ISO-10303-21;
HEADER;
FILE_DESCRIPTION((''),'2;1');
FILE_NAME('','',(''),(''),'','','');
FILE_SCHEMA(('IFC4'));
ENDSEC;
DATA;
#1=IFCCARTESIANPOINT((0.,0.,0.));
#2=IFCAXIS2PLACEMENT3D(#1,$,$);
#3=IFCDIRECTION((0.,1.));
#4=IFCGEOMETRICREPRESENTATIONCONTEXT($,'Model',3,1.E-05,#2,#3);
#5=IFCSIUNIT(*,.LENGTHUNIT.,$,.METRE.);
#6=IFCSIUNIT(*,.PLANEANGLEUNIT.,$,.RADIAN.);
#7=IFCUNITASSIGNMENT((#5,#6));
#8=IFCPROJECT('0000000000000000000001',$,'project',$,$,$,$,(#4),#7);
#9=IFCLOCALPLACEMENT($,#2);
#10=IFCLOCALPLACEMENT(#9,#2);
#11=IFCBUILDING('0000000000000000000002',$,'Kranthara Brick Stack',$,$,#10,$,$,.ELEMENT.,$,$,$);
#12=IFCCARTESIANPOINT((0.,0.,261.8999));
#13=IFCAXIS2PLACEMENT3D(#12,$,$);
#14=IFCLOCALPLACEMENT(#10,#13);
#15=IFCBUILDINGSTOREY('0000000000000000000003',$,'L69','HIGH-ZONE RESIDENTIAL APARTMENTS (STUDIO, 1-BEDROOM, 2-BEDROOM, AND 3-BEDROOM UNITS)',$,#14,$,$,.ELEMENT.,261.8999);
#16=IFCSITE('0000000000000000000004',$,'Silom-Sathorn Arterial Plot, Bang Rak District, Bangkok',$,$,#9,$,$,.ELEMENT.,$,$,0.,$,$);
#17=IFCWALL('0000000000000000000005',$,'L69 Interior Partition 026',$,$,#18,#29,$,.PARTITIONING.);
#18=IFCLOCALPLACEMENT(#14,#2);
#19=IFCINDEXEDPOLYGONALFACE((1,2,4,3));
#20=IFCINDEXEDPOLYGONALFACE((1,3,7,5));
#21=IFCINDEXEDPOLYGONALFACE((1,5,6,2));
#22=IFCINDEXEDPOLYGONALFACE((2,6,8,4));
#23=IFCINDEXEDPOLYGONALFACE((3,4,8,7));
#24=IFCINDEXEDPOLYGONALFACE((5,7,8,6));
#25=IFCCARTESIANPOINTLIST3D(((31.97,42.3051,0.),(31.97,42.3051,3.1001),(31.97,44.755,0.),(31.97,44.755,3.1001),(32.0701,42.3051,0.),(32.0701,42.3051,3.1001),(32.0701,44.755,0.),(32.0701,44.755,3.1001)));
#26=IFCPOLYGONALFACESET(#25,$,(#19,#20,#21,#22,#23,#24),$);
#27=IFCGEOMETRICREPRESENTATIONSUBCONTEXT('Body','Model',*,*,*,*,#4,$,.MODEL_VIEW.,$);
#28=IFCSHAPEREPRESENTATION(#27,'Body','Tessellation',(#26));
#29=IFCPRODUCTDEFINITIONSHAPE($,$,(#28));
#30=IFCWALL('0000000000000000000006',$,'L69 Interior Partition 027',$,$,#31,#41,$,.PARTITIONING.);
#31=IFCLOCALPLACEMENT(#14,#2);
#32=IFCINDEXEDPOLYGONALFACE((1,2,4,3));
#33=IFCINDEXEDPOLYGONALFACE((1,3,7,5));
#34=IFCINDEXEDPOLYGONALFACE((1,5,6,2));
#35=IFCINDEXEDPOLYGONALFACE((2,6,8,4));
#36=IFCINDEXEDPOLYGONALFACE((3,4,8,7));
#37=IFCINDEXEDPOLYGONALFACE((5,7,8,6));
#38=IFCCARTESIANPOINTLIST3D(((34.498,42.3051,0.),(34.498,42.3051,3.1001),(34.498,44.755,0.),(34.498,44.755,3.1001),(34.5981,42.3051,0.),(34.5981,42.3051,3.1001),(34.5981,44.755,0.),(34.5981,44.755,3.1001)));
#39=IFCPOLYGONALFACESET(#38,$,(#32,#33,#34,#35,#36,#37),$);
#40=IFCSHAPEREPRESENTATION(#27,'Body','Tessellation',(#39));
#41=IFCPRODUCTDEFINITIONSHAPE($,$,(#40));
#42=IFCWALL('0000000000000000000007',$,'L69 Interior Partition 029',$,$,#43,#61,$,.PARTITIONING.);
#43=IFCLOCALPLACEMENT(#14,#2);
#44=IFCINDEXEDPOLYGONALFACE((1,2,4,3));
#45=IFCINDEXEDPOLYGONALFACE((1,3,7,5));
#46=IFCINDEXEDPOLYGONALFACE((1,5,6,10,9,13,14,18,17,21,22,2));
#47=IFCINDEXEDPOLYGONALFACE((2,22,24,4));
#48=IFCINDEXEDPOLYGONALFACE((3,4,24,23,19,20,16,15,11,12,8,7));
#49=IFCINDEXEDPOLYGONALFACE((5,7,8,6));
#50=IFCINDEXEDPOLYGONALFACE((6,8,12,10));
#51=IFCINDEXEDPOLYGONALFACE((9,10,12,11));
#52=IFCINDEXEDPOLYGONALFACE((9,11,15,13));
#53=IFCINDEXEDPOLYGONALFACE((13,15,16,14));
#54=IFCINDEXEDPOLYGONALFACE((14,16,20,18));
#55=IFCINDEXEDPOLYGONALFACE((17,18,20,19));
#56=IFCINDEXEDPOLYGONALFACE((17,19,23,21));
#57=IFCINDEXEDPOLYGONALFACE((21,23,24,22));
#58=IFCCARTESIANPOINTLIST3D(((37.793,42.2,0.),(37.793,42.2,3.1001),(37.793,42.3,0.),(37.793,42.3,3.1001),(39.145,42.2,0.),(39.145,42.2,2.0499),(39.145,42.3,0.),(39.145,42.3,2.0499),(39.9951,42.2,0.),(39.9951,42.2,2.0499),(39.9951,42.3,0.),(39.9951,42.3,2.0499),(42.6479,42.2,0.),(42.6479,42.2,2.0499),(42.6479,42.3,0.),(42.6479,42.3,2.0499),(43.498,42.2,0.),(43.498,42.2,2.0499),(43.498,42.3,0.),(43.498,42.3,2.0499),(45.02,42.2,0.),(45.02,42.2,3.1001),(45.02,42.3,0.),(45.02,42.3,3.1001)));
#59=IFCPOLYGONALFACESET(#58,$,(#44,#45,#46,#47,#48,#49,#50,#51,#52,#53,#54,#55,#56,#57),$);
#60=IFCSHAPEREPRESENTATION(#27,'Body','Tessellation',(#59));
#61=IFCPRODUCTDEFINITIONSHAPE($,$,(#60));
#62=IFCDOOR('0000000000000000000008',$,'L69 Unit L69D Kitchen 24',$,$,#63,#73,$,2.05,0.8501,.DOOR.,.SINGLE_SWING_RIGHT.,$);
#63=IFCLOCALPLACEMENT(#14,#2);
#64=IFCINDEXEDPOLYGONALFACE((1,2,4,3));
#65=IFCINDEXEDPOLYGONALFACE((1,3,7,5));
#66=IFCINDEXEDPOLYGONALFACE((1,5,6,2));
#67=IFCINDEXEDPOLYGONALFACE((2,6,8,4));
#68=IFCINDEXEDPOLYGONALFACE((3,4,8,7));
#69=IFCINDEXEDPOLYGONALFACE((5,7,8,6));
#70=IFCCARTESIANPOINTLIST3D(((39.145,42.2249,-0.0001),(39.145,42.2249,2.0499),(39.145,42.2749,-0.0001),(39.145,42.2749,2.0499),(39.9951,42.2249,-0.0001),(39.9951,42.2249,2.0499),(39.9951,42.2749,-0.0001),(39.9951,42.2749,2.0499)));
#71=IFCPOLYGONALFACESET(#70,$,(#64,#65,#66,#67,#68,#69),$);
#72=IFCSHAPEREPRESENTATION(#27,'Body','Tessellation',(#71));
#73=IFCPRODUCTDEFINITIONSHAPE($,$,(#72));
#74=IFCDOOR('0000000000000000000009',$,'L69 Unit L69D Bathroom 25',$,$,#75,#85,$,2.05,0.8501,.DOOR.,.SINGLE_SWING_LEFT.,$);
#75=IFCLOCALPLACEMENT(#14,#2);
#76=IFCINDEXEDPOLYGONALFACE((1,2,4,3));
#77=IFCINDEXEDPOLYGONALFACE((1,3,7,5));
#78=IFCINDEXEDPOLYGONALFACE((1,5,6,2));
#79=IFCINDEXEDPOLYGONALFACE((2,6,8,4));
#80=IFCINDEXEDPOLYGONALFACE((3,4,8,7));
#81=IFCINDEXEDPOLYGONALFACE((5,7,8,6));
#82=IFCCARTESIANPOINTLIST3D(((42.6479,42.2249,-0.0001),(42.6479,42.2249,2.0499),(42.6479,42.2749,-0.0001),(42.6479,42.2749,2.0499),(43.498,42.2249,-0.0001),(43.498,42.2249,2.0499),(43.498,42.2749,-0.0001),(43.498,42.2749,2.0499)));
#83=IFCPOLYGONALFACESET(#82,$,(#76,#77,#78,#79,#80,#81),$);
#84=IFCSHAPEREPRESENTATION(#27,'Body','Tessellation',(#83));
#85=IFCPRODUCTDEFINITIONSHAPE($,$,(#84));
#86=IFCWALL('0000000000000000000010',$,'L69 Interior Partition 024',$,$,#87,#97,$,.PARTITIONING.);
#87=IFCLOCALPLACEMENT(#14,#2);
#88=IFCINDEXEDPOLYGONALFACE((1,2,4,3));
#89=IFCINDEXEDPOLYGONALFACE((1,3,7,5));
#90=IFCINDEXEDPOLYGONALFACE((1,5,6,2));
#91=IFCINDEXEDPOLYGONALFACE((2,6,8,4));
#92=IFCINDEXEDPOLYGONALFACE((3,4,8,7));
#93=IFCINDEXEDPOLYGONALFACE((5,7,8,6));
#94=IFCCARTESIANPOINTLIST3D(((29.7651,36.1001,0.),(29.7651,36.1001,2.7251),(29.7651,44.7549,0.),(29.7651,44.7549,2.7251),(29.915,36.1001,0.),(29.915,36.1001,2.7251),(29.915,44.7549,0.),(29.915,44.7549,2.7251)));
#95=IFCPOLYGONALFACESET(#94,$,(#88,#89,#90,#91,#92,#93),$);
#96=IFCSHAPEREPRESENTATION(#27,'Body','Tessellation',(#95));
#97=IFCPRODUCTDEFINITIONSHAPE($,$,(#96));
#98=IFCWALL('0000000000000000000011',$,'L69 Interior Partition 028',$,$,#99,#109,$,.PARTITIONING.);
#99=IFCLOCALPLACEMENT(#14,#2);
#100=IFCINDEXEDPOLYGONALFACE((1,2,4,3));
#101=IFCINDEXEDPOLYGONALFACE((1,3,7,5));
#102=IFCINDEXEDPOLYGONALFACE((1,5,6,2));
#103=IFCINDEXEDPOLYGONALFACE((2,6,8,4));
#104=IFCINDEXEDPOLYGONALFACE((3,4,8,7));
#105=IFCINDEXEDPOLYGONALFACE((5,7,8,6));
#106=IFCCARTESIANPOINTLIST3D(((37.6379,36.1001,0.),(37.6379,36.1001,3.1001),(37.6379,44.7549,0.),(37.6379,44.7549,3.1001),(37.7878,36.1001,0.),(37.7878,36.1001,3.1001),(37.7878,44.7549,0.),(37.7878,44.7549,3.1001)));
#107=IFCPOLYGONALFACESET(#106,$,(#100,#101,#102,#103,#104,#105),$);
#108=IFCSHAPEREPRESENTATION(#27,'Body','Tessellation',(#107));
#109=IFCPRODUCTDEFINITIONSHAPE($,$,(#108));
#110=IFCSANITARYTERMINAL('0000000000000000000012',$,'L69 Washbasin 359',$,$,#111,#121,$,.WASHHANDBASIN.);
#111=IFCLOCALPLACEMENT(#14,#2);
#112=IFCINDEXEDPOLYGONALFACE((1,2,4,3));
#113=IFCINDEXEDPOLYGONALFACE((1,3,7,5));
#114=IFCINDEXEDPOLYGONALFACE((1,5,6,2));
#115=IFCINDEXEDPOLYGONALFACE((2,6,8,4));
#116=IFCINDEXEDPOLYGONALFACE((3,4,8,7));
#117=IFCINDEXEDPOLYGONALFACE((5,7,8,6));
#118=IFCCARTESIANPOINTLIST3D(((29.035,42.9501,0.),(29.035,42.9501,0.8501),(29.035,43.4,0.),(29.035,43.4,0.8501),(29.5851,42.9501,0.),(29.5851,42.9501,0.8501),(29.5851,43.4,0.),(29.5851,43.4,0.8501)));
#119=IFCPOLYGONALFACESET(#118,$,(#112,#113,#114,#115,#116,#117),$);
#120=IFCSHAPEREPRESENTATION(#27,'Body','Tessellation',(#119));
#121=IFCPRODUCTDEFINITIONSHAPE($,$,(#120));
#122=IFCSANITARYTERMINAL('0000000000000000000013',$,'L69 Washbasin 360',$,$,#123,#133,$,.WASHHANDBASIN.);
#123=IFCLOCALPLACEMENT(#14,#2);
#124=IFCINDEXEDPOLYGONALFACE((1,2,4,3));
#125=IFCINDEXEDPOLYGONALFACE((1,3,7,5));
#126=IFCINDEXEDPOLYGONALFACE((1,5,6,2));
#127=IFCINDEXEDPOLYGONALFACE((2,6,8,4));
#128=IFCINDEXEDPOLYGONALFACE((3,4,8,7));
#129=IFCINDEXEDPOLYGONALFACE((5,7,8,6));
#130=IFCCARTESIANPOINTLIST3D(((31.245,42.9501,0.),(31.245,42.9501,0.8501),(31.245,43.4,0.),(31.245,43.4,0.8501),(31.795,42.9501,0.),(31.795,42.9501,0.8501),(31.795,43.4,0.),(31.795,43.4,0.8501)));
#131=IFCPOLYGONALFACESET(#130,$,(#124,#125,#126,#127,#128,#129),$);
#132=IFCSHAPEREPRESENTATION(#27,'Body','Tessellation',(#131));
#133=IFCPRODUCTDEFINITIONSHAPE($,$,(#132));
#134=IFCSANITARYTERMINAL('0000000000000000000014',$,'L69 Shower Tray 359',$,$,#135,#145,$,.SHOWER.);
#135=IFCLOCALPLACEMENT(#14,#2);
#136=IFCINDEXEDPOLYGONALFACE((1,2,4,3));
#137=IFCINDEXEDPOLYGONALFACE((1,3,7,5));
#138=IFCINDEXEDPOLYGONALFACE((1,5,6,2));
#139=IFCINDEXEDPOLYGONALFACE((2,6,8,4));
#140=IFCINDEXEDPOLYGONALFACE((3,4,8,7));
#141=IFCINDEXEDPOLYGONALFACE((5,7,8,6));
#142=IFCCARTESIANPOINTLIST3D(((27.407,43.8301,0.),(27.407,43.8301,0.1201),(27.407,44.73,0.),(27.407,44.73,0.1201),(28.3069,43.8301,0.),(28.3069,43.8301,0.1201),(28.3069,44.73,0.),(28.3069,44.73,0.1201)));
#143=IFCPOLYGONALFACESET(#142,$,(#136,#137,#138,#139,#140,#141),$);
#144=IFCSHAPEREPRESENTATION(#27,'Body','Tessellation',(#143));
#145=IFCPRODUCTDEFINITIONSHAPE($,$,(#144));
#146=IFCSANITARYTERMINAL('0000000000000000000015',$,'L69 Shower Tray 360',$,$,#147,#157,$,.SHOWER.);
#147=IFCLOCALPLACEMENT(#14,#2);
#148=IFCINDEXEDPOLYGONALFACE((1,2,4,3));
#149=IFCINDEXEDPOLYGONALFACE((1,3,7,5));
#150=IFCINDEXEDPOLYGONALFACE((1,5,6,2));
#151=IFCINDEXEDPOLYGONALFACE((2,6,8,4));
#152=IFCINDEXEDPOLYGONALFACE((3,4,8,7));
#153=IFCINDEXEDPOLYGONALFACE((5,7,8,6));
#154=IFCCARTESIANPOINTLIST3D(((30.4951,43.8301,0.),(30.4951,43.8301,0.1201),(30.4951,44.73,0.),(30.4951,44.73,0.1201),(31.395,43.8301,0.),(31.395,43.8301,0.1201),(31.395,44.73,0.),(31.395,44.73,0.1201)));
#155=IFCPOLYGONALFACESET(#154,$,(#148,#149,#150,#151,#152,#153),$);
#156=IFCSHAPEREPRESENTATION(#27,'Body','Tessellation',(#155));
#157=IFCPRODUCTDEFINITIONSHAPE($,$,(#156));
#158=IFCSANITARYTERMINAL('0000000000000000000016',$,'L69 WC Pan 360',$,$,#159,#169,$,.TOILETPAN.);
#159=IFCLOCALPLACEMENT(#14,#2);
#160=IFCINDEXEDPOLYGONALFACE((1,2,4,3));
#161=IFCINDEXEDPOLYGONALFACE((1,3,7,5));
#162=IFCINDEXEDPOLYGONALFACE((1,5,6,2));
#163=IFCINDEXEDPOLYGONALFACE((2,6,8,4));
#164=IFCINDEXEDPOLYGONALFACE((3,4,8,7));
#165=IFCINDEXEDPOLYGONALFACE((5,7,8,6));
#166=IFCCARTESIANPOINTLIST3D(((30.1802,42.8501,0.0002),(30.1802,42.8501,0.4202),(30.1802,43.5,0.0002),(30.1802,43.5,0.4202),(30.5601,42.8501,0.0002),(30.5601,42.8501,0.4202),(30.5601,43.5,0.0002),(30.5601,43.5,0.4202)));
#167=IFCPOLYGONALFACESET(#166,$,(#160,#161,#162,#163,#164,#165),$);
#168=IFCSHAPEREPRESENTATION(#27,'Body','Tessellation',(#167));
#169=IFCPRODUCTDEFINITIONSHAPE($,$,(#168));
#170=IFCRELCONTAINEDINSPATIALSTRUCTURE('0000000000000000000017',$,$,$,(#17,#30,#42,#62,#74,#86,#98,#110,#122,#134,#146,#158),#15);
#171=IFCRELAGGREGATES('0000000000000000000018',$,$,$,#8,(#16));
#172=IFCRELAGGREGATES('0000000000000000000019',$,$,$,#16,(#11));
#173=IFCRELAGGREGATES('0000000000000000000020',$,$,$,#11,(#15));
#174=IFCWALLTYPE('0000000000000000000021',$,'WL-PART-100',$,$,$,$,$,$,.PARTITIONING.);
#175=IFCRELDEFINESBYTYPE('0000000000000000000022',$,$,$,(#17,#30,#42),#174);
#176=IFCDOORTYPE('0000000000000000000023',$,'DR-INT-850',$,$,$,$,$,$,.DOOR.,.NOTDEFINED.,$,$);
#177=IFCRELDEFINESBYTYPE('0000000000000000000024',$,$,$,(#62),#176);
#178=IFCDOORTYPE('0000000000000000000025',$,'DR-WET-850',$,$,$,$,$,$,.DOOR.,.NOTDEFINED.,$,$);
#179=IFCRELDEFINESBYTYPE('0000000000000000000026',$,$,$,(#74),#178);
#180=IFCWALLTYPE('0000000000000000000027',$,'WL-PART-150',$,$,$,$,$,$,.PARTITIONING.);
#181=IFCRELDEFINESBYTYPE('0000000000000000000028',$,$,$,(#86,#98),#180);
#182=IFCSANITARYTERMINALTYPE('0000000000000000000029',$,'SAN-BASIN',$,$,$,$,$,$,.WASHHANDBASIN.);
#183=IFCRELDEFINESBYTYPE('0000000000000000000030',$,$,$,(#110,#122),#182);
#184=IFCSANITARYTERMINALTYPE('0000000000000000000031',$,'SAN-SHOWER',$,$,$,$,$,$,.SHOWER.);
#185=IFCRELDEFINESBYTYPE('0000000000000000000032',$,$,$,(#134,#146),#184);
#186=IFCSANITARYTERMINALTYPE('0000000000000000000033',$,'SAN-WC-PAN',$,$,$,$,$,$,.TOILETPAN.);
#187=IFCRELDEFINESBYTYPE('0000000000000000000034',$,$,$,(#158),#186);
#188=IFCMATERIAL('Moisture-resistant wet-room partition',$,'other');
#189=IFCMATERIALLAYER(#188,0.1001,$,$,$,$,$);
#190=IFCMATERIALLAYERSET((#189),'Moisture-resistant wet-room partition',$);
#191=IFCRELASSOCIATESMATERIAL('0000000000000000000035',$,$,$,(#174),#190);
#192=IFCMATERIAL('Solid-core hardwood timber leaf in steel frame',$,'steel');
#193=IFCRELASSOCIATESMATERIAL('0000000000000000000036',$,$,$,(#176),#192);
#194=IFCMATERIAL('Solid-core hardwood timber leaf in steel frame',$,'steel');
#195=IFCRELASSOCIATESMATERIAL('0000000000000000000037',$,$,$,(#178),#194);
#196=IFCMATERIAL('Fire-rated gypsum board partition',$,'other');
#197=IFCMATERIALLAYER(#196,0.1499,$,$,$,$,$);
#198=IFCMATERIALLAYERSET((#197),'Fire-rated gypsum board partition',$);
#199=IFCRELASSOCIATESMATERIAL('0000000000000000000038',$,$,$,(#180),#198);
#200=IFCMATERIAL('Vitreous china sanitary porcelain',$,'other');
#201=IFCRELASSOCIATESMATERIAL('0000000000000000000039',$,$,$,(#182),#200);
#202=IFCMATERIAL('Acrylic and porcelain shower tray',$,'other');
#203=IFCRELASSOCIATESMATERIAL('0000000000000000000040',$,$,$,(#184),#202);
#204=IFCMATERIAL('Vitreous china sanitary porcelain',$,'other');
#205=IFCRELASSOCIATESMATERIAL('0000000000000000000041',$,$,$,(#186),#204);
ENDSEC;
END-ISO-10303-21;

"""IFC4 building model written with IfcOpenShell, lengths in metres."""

from ifc_helpers import new_model, si_unit, direction, frame, frame_2d, origin, origin_2d, place, context, subcontext, project, spatial, rectangle, extrude, material, layer, layer_set, type_object, element, fill, save


model = new_model("IFC4")

# Units and contexts
model_context = context("Model", 3, precision=1e-05, world=origin(), true_north=direction((0.0, 1.0)))
body_context = subcontext(model_context, "Body", "Model", "MODEL_VIEW")
ifc_project = project(units=[si_unit("LENGTHUNIT", "METRE"), si_unit("PLANEANGLEUNIT", "RADIAN")], contexts=[model_context])

# Site, building, storey
site_placement = place(None, origin())
site = spatial("IfcSite", under=ifc_project, at=site_placement, Name="Silom-Sathorn Arterial Plot, Bang Rak District, Bangkok", CompositionType="ELEMENT", RefElevation=0.0)
building_placement = place(site_placement, origin())
building = spatial("IfcBuilding", under=site, at=building_placement, Name="Kranthara Brick Stack", CompositionType="ELEMENT")
storey_placement = place(building_placement, frame((0.0, 0.0, 261.8999)))
storey = spatial("IfcBuildingStorey", under=building, at=storey_placement, Name="L69", Description="HIGH-ZONE RESIDENTIAL APARTMENTS (STUDIO, 1-BEDROOM, 2-BEDROOM, AND 3-BEDROOM UNITS)", CompositionType="ELEMENT", Elevation=261.8999)

# Shared definitions
ifc_material_1 = material(Name="Moisture-resistant wet-room partition", Category="other")
ifc_layer_1 = layer(ifc_material_1, 0.1001)
ifc_layer_set_1 = layer_set([ifc_layer_1], Name="Moisture-resistant wet-room partition")
wall_type_1 = type_object("IfcWallType", Name="WL-PART-100", PredefinedType="PARTITIONING", material=ifc_layer_set_1)
ifc_material_2 = material(Name="Solid-core hardwood timber leaf in steel frame", Category="steel")
door_type_1 = type_object("IfcDoorType", Name="DR-INT-850", OperationType="NOTDEFINED", PredefinedType="DOOR", material=ifc_material_2)
ifc_material_3 = material(Name="Solid-core hardwood timber leaf in steel frame", Category="steel")
door_type_2 = type_object("IfcDoorType", Name="DR-WET-850", OperationType="NOTDEFINED", PredefinedType="DOOR", material=ifc_material_3)

# Walls
for number, where, z_axis, x_axis, name in (
    (1, (32.02, 42.3049, 0.0), (0.0, 0.0, 1.0), (0.0, 1.0, 0.0), "L69 Interior Partition 026"),
    (2, (34.5481, 42.3049, 0.0), (0.0, 0.0, 1.0), (0.0, 1.0, 0.0), "L69 Interior Partition 027"),
):
    element("IfcWall", number, at=place(storey_placement, frame(where, z_axis=z_axis, x_axis=x_axis)), inside=storey, type_object=wall_type_1, Name=name, PredefinedType="PARTITIONING", context=body_context, shape_type="SweptSolid", body=[
        extrude(rectangle(XDim=2.45, YDim=0.1001, at=frame_2d((1.2251, 0.0))), origin(), (0.0, 0.0, 1.0), 3.1001),
    ])

# Wall, openings, doors
wall_1_placement = place(storey_placement, frame((37.793, 42.25, 0.0), z_axis=(0.0, 0.0, 1.0), x_axis=(1.0, 0.0, 0.0)))
wall_1 = element("IfcWall", 3, at=wall_1_placement, inside=storey, type_object=wall_type_1, Name="L69 Interior Partition 029", PredefinedType="PARTITIONING", context=body_context, shape_type="SweptSolid", body=[
    extrude(rectangle(XDim=7.2271, YDim=0.1001, at=frame_2d((3.6135, 0.0))), origin(), (0.0, 0.0, 1.0), 3.1001),
])
opening_1_placement = place(wall_1_placement, frame((1.3521, 0.0, 0.0)))
opening_1 = element("IfcOpeningElement", 4, at=opening_1_placement, cuts=wall_1, PredefinedType="OPENING", context=body_context, shape_type="SweptSolid", body=[
    extrude(rectangle(XDim=0.8501, YDim=2.05, at=frame_2d((0.425, 1.0249))), frame((0.0, 0.0601, 0.0), z_axis=(0.0, -1.0, 0.0), x_axis=(1.0, 0.0, 0.0)), (0.0, 0.0, 1.0), 0.1201),
])
opening_2_placement = place(wall_1_placement, frame((4.855, 0.0, 0.0)))
opening_2 = element("IfcOpeningElement", 5, at=opening_2_placement, cuts=wall_1, PredefinedType="OPENING", context=body_context, shape_type="SweptSolid", body=[
    extrude(rectangle(XDim=0.8501, YDim=2.05, at=frame_2d((0.425, 1.0249))), frame((0.0, 0.0601, 0.0), z_axis=(0.0, -1.0, 0.0), x_axis=(1.0, 0.0, 0.0)), (0.0, 0.0, 1.0), 0.1201),
])
door_1_placement = place(opening_1_placement, origin())
door_1 = element("IfcDoor", 6, at=door_1_placement, inside=storey, type_object=door_type_1, Name="L69 Unit L69D Kitchen 24", OperationType="SINGLE_SWING_RIGHT", OverallHeight=2.05, OverallWidth=0.8501, PredefinedType="DOOR", context=body_context, shape_type="SweptSolid", body=[
    extrude(rectangle(XDim=0.8501, YDim=2.05, at=frame_2d((0.425, 1.0249))), frame((0.0, 0.0249, 0.0), z_axis=(0.0, -1.0, 0.0), x_axis=(1.0, 0.0, 0.0)), (0.0, 0.0, 1.0), 0.05),
])
fill(opening_1, door_1)
door_2_placement = place(opening_2_placement, origin())
door_2 = element("IfcDoor", 7, at=door_2_placement, inside=storey, type_object=door_type_2, Name="L69 Unit L69D Bathroom 25", OperationType="SINGLE_SWING_LEFT", OverallHeight=2.05, OverallWidth=0.8501, PredefinedType="DOOR", context=body_context, shape_type="SweptSolid", body=[
    extrude(rectangle(XDim=0.8501, YDim=2.05, at=frame_2d((0.425, 1.0249))), frame((0.0, 0.0249, 0.0), z_axis=(0.0, -1.0, 0.0), x_axis=(1.0, 0.0, 0.0)), (0.0, 0.0, 1.0), 0.05),
])
fill(opening_2, door_2)

# Walls
ifc_material_4 = material(Name="Fire-rated gypsum board partition", Category="other")
ifc_layer_2 = layer(ifc_material_4, 0.1499)
ifc_layer_set_2 = layer_set([ifc_layer_2], Name="Fire-rated gypsum board partition")
wall_type_2 = type_object("IfcWallType", Name="WL-PART-150", PredefinedType="PARTITIONING", material=ifc_layer_set_2)
wall_2_placement = place(storey_placement, frame((29.8401, 36.1001, 0.0), z_axis=(0.0, 0.0, 1.0), x_axis=(0.0, 1.0, 0.0)))
element("IfcWall", 8, at=wall_2_placement, inside=storey, type_object=wall_type_2, Name="L69 Interior Partition 024", PredefinedType="PARTITIONING", context=body_context, shape_type="SweptSolid", body=[
    extrude(rectangle(XDim=8.6548, YDim=0.1499, at=frame_2d((4.3274, 0.0))), origin(), (0.0, 0.0, 1.0), 2.7251),
])
wall_3_placement = place(storey_placement, frame((37.7129, 36.1001, 0.0), z_axis=(0.0, 0.0, 1.0), x_axis=(0.0, 1.0, 0.0)))
element("IfcWall", 9, at=wall_3_placement, inside=storey, type_object=wall_type_2, Name="L69 Interior Partition 028", PredefinedType="PARTITIONING", context=body_context, shape_type="SweptSolid", body=[
    extrude(rectangle(XDim=8.6548, YDim=0.1499, at=frame_2d((4.3274, 0.0))), origin(), (0.0, 0.0, 1.0), 3.1001),
])

# Sanitary terminals
ifc_material_5 = material(Name="Vitreous china sanitary porcelain", Category="other")
sanitary_terminal_type_1 = type_object("IfcSanitaryTerminalType", Name="SAN-BASIN", PredefinedType="WASHHANDBASIN", material=ifc_material_5)
for number, where, z_axis, x_axis, name in (
    (10, (29.3101, 43.175, 0.0), (0.0, 0.0, 1.0), (1.0, 0.0, 0.0), "L69 Washbasin 359"),
    (11, (31.52, 43.175, 0.0), (0.0, 0.0, 1.0), (1.0, 0.0, 0.0), "L69 Washbasin 360"),
):
    element("IfcSanitaryTerminal", number, at=place(storey_placement, frame(where, z_axis=z_axis, x_axis=x_axis)), inside=storey, type_object=sanitary_terminal_type_1, Name=name, PredefinedType="WASHHANDBASIN", context=body_context, shape_type="SweptSolid", body=[
        extrude(rectangle(XDim=0.55, YDim=0.45, at=origin_2d()), origin(), (0.0, 0.0, 1.0), 0.8501),
    ])
ifc_material_6 = material(Name="Acrylic and porcelain shower tray", Category="other")
sanitary_terminal_type_2 = type_object("IfcSanitaryTerminalType", Name="SAN-SHOWER", PredefinedType="SHOWER", material=ifc_material_6)
for number, where, z_axis, x_axis, name in (
    (12, (27.8569, 44.28, 0.0), (0.0, 0.0, 1.0), (1.0, 0.0, 0.0), "L69 Shower Tray 359"),
    (13, (30.9451, 44.28, 0.0), (0.0, 0.0, 1.0), (1.0, 0.0, 0.0), "L69 Shower Tray 360"),
):
    element("IfcSanitaryTerminal", number, at=place(storey_placement, frame(where, z_axis=z_axis, x_axis=x_axis)), inside=storey, type_object=sanitary_terminal_type_2, Name=name, PredefinedType="SHOWER", context=body_context, shape_type="SweptSolid", body=[
        extrude(rectangle(XDim=0.8999, YDim=0.8999, at=origin_2d()), origin(), (0.0, 0.0, 1.0), 0.1201),
    ])
ifc_material_7 = material(Name="Vitreous china sanitary porcelain", Category="other")
sanitary_terminal_type_3 = type_object("IfcSanitaryTerminalType", Name="SAN-WC-PAN", PredefinedType="TOILETPAN", material=ifc_material_7)
sanitary_terminal_placement = place(storey_placement, frame((30.3701, 43.175, 0.0002), z_axis=(0.0, 0.0, 1.0), x_axis=(1.0, 0.0, 0.0)))
element("IfcSanitaryTerminal", 14, at=sanitary_terminal_placement, inside=storey, type_object=sanitary_terminal_type_3, Name="L69 WC Pan 360", PredefinedType="TOILETPAN", context=body_context, shape_type="SweptSolid", body=[
    extrude(rectangle(XDim=0.3799, YDim=0.6499, at=origin_2d()), origin(), (0.0, 0.0, 1.0), 0.4199),
])

save(model, "model.ifc")
